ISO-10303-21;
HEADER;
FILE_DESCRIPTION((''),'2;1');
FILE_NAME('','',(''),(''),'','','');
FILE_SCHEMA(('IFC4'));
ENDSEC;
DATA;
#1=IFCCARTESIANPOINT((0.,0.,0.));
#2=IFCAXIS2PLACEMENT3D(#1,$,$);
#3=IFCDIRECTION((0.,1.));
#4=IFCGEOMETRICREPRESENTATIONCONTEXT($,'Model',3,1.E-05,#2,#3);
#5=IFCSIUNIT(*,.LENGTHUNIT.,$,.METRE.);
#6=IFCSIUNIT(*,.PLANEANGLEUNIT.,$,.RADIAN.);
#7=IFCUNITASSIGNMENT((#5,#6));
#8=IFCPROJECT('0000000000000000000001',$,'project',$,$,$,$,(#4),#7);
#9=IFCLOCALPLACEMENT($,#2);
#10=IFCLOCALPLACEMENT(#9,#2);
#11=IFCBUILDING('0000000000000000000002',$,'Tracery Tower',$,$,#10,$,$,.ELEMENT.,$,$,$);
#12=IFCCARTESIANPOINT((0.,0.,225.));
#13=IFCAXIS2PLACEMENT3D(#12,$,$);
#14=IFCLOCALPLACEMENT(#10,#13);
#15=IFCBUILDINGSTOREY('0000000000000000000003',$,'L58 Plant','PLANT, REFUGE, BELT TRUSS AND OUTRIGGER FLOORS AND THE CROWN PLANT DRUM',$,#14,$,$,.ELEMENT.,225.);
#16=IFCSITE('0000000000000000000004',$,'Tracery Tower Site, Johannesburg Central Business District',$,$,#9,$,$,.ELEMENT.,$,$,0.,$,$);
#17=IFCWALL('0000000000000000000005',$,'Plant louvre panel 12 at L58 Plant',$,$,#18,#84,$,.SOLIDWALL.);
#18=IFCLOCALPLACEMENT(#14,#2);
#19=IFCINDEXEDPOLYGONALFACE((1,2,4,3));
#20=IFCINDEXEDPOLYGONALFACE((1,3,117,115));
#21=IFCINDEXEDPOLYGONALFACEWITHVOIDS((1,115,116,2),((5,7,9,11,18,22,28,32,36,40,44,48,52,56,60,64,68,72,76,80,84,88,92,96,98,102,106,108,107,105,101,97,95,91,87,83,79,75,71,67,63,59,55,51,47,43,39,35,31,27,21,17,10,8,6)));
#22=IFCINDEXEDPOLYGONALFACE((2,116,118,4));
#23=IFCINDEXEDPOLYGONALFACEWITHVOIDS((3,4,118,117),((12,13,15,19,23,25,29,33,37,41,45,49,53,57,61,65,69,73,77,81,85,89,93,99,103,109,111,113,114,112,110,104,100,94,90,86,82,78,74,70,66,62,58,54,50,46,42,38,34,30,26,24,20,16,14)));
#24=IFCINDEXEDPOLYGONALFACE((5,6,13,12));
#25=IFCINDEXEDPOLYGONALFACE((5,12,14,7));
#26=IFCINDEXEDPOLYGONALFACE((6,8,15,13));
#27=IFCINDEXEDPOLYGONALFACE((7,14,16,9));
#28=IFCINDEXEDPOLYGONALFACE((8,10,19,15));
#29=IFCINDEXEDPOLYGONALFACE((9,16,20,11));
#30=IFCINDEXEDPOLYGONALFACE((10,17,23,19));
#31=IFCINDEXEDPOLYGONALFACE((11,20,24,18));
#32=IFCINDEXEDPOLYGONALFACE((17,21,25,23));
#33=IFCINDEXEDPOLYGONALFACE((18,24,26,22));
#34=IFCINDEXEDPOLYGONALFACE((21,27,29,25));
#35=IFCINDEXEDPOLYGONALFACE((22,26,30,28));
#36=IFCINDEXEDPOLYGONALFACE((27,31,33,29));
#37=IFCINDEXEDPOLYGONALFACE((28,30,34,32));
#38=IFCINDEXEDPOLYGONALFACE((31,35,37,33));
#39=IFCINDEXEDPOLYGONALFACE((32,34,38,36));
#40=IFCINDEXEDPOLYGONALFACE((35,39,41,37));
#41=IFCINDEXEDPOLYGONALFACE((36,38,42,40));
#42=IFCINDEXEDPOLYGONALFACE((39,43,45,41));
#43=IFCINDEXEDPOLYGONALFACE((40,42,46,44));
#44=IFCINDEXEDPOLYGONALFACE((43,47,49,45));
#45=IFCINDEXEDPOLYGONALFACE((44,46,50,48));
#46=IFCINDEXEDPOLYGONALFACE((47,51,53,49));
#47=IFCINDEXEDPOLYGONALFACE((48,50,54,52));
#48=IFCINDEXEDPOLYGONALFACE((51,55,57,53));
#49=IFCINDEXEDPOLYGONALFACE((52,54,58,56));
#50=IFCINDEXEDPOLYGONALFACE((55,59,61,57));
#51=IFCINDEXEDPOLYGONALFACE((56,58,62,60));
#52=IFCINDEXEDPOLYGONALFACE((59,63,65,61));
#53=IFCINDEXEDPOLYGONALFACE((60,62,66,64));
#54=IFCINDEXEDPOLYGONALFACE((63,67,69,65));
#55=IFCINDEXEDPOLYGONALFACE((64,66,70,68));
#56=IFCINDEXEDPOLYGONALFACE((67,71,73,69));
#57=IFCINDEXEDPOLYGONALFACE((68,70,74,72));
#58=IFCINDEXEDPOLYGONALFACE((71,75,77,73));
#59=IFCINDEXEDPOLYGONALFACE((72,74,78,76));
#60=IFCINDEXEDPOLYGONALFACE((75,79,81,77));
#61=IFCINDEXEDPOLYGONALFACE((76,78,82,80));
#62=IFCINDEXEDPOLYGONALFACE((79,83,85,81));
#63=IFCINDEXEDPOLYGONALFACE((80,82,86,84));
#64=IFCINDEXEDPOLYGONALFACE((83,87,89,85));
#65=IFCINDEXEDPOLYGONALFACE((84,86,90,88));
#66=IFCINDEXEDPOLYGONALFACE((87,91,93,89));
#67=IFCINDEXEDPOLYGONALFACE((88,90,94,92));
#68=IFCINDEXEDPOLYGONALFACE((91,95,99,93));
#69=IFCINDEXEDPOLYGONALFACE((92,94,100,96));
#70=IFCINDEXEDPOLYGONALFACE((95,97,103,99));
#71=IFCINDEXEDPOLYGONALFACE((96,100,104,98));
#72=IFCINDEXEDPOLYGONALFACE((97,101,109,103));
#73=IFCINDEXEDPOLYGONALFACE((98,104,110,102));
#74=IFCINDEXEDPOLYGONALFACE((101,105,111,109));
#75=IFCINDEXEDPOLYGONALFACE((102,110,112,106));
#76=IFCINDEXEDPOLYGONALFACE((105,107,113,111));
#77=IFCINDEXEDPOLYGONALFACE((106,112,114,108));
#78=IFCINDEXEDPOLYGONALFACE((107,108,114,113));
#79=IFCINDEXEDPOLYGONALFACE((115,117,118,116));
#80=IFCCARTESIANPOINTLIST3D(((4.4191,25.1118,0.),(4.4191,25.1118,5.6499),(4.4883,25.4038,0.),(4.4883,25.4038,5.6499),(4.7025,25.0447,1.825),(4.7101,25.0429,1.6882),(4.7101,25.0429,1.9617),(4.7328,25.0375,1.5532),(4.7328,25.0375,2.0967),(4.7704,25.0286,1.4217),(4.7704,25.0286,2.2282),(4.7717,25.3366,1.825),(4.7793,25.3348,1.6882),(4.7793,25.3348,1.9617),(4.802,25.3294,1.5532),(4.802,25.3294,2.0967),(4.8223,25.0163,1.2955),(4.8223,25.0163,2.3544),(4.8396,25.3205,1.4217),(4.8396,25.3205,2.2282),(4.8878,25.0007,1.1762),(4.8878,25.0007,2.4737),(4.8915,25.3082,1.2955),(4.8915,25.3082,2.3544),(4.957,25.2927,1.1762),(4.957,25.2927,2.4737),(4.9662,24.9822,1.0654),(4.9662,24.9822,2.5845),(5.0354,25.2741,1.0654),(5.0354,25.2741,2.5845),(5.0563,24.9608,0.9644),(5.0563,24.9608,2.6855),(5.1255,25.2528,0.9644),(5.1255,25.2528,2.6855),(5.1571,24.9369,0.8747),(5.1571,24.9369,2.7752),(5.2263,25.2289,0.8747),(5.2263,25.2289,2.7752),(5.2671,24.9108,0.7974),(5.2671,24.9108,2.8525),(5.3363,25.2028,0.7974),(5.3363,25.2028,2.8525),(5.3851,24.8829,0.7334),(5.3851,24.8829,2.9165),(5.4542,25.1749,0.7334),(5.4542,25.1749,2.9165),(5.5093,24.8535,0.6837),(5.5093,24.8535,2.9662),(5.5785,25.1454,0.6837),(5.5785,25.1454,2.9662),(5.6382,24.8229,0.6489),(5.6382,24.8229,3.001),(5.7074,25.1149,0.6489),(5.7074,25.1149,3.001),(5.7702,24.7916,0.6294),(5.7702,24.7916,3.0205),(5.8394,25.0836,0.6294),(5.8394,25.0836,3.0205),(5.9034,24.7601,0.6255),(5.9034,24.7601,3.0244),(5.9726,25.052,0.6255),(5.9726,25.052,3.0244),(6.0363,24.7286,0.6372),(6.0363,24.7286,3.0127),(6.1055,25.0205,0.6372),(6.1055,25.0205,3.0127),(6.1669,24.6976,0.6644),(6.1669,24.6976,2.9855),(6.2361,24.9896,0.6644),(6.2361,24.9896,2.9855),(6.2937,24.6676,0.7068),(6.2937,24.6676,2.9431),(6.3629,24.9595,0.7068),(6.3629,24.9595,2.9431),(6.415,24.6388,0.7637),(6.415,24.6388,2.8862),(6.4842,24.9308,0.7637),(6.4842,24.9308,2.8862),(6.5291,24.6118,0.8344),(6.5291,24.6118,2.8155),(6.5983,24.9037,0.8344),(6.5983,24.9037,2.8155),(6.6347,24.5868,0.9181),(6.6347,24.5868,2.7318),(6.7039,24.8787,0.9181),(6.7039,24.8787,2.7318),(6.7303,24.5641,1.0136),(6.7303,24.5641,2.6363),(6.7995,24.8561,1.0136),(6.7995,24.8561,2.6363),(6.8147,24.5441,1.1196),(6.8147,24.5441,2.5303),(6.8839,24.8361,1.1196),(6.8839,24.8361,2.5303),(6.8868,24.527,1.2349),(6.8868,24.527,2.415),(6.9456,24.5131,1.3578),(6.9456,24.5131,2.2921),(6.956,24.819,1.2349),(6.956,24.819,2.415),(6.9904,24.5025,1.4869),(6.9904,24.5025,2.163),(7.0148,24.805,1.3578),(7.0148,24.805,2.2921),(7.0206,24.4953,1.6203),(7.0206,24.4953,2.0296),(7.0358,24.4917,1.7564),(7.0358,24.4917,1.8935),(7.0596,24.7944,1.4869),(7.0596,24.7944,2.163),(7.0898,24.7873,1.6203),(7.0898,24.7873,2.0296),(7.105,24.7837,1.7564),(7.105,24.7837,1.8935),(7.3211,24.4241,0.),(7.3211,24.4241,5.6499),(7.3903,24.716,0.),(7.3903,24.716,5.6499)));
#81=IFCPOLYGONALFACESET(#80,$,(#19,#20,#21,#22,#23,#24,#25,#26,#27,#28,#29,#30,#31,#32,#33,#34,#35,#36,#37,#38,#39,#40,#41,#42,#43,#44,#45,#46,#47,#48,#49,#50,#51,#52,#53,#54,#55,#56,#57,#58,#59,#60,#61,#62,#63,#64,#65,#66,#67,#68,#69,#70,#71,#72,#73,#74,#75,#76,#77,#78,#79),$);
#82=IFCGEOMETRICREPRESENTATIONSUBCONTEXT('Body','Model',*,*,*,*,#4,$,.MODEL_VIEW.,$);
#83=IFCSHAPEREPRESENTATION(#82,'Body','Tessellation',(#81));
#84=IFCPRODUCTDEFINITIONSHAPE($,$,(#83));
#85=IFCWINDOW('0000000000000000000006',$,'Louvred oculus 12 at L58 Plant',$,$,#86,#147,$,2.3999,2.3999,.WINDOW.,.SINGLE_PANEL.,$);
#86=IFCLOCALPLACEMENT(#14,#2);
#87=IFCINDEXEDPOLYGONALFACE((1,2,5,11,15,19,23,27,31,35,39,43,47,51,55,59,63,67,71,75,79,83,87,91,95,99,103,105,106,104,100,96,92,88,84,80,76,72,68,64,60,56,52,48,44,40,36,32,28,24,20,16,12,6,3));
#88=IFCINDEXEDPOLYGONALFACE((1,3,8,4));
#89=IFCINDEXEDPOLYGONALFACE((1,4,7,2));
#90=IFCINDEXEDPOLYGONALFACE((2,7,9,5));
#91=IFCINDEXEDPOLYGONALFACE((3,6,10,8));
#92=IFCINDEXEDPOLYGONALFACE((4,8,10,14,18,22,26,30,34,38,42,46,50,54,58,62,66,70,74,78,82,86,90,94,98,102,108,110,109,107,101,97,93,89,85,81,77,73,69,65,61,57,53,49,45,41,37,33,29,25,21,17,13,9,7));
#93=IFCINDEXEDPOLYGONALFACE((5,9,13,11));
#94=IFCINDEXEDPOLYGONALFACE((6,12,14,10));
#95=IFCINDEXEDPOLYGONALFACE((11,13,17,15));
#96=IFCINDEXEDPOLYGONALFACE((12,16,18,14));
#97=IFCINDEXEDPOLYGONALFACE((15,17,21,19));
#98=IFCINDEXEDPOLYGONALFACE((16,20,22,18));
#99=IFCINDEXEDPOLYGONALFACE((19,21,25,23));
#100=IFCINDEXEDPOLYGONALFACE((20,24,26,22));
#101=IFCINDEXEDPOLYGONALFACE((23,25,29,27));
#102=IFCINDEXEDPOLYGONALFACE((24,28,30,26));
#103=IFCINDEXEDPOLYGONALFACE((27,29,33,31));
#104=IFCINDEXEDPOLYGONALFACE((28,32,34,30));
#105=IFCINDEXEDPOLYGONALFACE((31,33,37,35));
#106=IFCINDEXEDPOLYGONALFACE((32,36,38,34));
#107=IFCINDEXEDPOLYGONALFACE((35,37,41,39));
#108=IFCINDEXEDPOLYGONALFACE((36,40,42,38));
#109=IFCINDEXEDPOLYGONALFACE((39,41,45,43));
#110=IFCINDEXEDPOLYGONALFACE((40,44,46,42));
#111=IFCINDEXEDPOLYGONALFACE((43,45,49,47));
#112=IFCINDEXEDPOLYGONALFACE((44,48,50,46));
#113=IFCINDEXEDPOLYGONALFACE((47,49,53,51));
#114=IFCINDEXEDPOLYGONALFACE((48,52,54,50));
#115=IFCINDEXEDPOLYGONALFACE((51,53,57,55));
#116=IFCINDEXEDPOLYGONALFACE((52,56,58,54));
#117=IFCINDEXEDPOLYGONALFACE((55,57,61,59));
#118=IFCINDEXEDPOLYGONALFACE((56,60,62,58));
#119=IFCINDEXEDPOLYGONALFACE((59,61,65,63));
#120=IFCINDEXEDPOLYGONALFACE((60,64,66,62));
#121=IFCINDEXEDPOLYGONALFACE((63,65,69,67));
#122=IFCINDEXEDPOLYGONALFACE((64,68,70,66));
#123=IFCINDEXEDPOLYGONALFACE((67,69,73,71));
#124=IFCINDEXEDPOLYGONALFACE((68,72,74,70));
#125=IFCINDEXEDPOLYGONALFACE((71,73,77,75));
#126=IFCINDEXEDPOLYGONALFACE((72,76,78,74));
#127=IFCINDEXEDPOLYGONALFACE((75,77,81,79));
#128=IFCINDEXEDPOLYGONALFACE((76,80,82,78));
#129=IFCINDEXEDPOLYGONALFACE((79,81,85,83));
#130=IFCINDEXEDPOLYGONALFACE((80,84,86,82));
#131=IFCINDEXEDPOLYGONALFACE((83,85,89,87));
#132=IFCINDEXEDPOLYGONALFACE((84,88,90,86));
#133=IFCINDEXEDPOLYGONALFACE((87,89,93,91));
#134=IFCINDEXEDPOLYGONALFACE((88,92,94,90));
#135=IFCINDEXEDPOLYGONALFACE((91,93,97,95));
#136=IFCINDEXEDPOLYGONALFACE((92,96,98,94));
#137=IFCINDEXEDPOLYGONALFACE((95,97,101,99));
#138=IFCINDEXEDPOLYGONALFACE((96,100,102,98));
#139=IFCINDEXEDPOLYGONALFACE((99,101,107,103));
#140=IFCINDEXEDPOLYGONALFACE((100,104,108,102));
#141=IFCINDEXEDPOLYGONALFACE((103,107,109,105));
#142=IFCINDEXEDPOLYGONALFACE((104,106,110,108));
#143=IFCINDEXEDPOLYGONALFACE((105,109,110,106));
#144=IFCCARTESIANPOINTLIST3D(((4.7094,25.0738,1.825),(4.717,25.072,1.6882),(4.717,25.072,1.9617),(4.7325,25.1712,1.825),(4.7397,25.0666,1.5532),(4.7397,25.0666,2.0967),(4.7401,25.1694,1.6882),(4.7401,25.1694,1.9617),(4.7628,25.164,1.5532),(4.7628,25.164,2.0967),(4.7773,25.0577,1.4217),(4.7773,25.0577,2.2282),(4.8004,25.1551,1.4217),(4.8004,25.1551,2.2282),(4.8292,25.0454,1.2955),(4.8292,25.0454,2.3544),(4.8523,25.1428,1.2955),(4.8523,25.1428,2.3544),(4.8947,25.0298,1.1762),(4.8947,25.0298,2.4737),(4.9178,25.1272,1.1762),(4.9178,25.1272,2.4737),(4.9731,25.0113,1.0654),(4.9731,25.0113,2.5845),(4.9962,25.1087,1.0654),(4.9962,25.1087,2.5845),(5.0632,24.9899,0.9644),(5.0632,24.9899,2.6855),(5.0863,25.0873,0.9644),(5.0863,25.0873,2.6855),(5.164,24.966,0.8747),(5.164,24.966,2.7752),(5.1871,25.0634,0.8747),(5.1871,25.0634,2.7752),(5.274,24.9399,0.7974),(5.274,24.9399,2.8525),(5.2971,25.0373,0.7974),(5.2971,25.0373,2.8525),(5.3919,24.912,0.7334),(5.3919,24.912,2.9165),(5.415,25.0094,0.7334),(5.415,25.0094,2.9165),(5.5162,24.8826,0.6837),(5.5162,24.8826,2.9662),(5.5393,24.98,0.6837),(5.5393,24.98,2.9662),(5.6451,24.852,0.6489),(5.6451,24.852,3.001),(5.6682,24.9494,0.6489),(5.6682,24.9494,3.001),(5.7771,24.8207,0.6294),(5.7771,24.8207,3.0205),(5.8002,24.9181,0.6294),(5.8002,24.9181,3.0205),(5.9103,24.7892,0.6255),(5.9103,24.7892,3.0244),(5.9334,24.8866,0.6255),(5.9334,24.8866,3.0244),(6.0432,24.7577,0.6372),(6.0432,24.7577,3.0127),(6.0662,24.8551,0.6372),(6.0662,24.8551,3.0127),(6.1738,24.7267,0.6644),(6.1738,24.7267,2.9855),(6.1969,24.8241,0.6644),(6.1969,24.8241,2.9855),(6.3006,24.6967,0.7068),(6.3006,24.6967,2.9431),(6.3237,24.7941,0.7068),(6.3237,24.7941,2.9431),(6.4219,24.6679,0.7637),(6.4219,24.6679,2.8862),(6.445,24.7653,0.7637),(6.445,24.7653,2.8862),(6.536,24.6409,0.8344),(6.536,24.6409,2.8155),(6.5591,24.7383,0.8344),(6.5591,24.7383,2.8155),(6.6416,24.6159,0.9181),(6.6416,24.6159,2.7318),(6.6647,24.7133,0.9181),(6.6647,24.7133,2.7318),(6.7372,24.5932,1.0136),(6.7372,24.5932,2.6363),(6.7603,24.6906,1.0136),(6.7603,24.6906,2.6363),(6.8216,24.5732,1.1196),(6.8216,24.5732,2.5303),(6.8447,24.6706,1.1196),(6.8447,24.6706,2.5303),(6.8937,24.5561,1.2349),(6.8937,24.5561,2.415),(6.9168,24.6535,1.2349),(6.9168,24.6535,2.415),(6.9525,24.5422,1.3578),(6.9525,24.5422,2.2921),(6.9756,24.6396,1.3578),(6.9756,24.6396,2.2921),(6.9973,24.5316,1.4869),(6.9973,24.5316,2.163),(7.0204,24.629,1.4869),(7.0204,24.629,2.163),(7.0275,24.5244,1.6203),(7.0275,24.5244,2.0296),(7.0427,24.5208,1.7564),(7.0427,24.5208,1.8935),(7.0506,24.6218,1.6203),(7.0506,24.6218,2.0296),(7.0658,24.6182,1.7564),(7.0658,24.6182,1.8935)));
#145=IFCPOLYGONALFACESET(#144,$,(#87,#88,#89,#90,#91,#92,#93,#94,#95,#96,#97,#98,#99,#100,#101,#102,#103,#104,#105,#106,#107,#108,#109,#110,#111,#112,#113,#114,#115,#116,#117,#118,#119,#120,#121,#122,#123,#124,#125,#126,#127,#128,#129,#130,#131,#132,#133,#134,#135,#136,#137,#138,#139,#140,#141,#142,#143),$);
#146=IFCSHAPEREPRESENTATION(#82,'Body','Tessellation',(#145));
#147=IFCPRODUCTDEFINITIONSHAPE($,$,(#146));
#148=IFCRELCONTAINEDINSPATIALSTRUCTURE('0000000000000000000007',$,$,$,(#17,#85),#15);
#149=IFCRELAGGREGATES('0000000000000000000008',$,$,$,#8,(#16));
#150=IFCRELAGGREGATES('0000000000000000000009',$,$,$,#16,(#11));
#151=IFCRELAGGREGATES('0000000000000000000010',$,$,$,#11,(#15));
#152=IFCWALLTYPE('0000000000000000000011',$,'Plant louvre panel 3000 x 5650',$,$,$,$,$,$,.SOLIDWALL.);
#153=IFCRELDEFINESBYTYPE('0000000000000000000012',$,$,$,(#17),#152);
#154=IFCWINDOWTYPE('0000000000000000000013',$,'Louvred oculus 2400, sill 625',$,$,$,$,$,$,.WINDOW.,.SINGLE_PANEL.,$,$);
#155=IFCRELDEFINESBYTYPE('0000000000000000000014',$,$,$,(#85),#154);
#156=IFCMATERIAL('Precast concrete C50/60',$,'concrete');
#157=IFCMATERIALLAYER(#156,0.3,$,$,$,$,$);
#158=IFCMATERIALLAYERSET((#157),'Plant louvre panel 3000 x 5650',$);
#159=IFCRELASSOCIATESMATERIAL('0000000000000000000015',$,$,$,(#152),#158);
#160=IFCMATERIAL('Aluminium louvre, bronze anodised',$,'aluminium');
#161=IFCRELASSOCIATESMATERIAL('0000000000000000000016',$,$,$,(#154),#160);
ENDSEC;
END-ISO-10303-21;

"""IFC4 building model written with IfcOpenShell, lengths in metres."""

from ifc_helpers import new_model, si_unit, direction, frame, frame_2d, origin, origin_2d, place, context, subcontext, project, spatial, rectangle, circle, extrude, material, layer, layer_set, type_object, element, fill, save


model = new_model("IFC4")

# Units and contexts
model_context = context("Model", 3, precision=1e-05, world=origin(), true_north=direction((0.0, 1.0)))
body_context = subcontext(model_context, "Body", "Model", "MODEL_VIEW")
ifc_project = project(units=[si_unit("LENGTHUNIT", "METRE"), si_unit("PLANEANGLEUNIT", "RADIAN")], contexts=[model_context])

# Site, building, storey
site_placement = place(None, origin())
site = spatial("IfcSite", under=ifc_project, at=site_placement, Name="Tracery Tower Site, Johannesburg Central Business District", CompositionType="ELEMENT", RefElevation=0.0)
building_placement = place(site_placement, origin())
building = spatial("IfcBuilding", under=site, at=building_placement, Name="Tracery Tower", CompositionType="ELEMENT")
storey_placement = place(building_placement, frame((0.0, 0.0, 225.0)))
storey = spatial("IfcBuildingStorey", under=building, at=storey_placement, Name="L58 Plant", Description="PLANT, REFUGE, BELT TRUSS AND OUTRIGGER FLOORS AND THE CROWN PLANT DRUM", CompositionType="ELEMENT", Elevation=225.0)

# Wall, opening, window
ifc_material_1 = material(Name="Precast concrete C50/60", Category="concrete")
ifc_layer_1 = layer(ifc_material_1, 0.3)
ifc_layer_set_1 = layer_set([ifc_layer_1], Name="Plant louvre panel 3000 x 5650")
wall_type_1 = type_object("IfcWallType", Name="Plant louvre panel 3000 x 5650", PredefinedType="SOLIDWALL", material=ifc_layer_set_1)
ifc_material_2 = material(Name="Aluminium louvre, bronze anodised", Category="aluminium")
window_type = type_object("IfcWindowType", Name="Louvred oculus 2400, sill 625", PartitioningType="SINGLE_PANEL", PredefinedType="WINDOW", material=ifc_material_2)
wall_1_placement = place(storey_placement, frame((7.3557, 24.5701, 0.0), z_axis=(0.0, 0.0, 1.0), x_axis=(-0.97305, 0.230595, 0.0)))
wall_1 = element("IfcWall", 1, at=wall_1_placement, inside=storey, type_object=wall_type_1, Name="Plant louvre panel 12 at L58 Plant", PredefinedType="SOLIDWALL", context=body_context, shape_type="SweptSolid", body=[
    extrude(rectangle(XDim=2.9824, YDim=0.3, at=frame_2d((1.4912, 0.0))), origin(), (0.0, 0.0, 1.0), 5.6499),
])
opening_1_placement = place(wall_1_placement, frame((1.4912, 0.0, 1.825)))
opening_1 = element("IfcOpeningElement", 2, at=opening_1_placement, cuts=wall_1, PredefinedType="OPENING", context=body_context, shape_type="SweptSolid", body=[
    extrude(circle(Radius=1.2, at=origin_2d()), frame((0.0, 0.1599, 0.0), z_axis=(0.0, -1.0, 0.0), x_axis=(1.0, 0.0, 0.0)), (0.0, 0.0, 1.0), 0.3201),
])
window_1_placement = place(opening_1_placement, origin())
window_1 = element("IfcWindow", 3, at=window_1_placement, inside=storey, type_object=window_type, Name="Louvred oculus 12 at L58 Plant", OverallHeight=2.3999, OverallWidth=2.3999, PartitioningType="SINGLE_PANEL", PredefinedType="WINDOW", context=body_context, shape_type="SweptSolid", body=[
    extrude(circle(Radius=1.2, at=origin_2d()), frame((0.0, 0.1201, 0.0), z_axis=(0.0, -1.0, 0.0), x_axis=(1.0, 0.0, 0.0)), (0.0, 0.0, 1.0), 0.1001),
])
fill(opening_1, window_1)

save(model, "model.ifc")
